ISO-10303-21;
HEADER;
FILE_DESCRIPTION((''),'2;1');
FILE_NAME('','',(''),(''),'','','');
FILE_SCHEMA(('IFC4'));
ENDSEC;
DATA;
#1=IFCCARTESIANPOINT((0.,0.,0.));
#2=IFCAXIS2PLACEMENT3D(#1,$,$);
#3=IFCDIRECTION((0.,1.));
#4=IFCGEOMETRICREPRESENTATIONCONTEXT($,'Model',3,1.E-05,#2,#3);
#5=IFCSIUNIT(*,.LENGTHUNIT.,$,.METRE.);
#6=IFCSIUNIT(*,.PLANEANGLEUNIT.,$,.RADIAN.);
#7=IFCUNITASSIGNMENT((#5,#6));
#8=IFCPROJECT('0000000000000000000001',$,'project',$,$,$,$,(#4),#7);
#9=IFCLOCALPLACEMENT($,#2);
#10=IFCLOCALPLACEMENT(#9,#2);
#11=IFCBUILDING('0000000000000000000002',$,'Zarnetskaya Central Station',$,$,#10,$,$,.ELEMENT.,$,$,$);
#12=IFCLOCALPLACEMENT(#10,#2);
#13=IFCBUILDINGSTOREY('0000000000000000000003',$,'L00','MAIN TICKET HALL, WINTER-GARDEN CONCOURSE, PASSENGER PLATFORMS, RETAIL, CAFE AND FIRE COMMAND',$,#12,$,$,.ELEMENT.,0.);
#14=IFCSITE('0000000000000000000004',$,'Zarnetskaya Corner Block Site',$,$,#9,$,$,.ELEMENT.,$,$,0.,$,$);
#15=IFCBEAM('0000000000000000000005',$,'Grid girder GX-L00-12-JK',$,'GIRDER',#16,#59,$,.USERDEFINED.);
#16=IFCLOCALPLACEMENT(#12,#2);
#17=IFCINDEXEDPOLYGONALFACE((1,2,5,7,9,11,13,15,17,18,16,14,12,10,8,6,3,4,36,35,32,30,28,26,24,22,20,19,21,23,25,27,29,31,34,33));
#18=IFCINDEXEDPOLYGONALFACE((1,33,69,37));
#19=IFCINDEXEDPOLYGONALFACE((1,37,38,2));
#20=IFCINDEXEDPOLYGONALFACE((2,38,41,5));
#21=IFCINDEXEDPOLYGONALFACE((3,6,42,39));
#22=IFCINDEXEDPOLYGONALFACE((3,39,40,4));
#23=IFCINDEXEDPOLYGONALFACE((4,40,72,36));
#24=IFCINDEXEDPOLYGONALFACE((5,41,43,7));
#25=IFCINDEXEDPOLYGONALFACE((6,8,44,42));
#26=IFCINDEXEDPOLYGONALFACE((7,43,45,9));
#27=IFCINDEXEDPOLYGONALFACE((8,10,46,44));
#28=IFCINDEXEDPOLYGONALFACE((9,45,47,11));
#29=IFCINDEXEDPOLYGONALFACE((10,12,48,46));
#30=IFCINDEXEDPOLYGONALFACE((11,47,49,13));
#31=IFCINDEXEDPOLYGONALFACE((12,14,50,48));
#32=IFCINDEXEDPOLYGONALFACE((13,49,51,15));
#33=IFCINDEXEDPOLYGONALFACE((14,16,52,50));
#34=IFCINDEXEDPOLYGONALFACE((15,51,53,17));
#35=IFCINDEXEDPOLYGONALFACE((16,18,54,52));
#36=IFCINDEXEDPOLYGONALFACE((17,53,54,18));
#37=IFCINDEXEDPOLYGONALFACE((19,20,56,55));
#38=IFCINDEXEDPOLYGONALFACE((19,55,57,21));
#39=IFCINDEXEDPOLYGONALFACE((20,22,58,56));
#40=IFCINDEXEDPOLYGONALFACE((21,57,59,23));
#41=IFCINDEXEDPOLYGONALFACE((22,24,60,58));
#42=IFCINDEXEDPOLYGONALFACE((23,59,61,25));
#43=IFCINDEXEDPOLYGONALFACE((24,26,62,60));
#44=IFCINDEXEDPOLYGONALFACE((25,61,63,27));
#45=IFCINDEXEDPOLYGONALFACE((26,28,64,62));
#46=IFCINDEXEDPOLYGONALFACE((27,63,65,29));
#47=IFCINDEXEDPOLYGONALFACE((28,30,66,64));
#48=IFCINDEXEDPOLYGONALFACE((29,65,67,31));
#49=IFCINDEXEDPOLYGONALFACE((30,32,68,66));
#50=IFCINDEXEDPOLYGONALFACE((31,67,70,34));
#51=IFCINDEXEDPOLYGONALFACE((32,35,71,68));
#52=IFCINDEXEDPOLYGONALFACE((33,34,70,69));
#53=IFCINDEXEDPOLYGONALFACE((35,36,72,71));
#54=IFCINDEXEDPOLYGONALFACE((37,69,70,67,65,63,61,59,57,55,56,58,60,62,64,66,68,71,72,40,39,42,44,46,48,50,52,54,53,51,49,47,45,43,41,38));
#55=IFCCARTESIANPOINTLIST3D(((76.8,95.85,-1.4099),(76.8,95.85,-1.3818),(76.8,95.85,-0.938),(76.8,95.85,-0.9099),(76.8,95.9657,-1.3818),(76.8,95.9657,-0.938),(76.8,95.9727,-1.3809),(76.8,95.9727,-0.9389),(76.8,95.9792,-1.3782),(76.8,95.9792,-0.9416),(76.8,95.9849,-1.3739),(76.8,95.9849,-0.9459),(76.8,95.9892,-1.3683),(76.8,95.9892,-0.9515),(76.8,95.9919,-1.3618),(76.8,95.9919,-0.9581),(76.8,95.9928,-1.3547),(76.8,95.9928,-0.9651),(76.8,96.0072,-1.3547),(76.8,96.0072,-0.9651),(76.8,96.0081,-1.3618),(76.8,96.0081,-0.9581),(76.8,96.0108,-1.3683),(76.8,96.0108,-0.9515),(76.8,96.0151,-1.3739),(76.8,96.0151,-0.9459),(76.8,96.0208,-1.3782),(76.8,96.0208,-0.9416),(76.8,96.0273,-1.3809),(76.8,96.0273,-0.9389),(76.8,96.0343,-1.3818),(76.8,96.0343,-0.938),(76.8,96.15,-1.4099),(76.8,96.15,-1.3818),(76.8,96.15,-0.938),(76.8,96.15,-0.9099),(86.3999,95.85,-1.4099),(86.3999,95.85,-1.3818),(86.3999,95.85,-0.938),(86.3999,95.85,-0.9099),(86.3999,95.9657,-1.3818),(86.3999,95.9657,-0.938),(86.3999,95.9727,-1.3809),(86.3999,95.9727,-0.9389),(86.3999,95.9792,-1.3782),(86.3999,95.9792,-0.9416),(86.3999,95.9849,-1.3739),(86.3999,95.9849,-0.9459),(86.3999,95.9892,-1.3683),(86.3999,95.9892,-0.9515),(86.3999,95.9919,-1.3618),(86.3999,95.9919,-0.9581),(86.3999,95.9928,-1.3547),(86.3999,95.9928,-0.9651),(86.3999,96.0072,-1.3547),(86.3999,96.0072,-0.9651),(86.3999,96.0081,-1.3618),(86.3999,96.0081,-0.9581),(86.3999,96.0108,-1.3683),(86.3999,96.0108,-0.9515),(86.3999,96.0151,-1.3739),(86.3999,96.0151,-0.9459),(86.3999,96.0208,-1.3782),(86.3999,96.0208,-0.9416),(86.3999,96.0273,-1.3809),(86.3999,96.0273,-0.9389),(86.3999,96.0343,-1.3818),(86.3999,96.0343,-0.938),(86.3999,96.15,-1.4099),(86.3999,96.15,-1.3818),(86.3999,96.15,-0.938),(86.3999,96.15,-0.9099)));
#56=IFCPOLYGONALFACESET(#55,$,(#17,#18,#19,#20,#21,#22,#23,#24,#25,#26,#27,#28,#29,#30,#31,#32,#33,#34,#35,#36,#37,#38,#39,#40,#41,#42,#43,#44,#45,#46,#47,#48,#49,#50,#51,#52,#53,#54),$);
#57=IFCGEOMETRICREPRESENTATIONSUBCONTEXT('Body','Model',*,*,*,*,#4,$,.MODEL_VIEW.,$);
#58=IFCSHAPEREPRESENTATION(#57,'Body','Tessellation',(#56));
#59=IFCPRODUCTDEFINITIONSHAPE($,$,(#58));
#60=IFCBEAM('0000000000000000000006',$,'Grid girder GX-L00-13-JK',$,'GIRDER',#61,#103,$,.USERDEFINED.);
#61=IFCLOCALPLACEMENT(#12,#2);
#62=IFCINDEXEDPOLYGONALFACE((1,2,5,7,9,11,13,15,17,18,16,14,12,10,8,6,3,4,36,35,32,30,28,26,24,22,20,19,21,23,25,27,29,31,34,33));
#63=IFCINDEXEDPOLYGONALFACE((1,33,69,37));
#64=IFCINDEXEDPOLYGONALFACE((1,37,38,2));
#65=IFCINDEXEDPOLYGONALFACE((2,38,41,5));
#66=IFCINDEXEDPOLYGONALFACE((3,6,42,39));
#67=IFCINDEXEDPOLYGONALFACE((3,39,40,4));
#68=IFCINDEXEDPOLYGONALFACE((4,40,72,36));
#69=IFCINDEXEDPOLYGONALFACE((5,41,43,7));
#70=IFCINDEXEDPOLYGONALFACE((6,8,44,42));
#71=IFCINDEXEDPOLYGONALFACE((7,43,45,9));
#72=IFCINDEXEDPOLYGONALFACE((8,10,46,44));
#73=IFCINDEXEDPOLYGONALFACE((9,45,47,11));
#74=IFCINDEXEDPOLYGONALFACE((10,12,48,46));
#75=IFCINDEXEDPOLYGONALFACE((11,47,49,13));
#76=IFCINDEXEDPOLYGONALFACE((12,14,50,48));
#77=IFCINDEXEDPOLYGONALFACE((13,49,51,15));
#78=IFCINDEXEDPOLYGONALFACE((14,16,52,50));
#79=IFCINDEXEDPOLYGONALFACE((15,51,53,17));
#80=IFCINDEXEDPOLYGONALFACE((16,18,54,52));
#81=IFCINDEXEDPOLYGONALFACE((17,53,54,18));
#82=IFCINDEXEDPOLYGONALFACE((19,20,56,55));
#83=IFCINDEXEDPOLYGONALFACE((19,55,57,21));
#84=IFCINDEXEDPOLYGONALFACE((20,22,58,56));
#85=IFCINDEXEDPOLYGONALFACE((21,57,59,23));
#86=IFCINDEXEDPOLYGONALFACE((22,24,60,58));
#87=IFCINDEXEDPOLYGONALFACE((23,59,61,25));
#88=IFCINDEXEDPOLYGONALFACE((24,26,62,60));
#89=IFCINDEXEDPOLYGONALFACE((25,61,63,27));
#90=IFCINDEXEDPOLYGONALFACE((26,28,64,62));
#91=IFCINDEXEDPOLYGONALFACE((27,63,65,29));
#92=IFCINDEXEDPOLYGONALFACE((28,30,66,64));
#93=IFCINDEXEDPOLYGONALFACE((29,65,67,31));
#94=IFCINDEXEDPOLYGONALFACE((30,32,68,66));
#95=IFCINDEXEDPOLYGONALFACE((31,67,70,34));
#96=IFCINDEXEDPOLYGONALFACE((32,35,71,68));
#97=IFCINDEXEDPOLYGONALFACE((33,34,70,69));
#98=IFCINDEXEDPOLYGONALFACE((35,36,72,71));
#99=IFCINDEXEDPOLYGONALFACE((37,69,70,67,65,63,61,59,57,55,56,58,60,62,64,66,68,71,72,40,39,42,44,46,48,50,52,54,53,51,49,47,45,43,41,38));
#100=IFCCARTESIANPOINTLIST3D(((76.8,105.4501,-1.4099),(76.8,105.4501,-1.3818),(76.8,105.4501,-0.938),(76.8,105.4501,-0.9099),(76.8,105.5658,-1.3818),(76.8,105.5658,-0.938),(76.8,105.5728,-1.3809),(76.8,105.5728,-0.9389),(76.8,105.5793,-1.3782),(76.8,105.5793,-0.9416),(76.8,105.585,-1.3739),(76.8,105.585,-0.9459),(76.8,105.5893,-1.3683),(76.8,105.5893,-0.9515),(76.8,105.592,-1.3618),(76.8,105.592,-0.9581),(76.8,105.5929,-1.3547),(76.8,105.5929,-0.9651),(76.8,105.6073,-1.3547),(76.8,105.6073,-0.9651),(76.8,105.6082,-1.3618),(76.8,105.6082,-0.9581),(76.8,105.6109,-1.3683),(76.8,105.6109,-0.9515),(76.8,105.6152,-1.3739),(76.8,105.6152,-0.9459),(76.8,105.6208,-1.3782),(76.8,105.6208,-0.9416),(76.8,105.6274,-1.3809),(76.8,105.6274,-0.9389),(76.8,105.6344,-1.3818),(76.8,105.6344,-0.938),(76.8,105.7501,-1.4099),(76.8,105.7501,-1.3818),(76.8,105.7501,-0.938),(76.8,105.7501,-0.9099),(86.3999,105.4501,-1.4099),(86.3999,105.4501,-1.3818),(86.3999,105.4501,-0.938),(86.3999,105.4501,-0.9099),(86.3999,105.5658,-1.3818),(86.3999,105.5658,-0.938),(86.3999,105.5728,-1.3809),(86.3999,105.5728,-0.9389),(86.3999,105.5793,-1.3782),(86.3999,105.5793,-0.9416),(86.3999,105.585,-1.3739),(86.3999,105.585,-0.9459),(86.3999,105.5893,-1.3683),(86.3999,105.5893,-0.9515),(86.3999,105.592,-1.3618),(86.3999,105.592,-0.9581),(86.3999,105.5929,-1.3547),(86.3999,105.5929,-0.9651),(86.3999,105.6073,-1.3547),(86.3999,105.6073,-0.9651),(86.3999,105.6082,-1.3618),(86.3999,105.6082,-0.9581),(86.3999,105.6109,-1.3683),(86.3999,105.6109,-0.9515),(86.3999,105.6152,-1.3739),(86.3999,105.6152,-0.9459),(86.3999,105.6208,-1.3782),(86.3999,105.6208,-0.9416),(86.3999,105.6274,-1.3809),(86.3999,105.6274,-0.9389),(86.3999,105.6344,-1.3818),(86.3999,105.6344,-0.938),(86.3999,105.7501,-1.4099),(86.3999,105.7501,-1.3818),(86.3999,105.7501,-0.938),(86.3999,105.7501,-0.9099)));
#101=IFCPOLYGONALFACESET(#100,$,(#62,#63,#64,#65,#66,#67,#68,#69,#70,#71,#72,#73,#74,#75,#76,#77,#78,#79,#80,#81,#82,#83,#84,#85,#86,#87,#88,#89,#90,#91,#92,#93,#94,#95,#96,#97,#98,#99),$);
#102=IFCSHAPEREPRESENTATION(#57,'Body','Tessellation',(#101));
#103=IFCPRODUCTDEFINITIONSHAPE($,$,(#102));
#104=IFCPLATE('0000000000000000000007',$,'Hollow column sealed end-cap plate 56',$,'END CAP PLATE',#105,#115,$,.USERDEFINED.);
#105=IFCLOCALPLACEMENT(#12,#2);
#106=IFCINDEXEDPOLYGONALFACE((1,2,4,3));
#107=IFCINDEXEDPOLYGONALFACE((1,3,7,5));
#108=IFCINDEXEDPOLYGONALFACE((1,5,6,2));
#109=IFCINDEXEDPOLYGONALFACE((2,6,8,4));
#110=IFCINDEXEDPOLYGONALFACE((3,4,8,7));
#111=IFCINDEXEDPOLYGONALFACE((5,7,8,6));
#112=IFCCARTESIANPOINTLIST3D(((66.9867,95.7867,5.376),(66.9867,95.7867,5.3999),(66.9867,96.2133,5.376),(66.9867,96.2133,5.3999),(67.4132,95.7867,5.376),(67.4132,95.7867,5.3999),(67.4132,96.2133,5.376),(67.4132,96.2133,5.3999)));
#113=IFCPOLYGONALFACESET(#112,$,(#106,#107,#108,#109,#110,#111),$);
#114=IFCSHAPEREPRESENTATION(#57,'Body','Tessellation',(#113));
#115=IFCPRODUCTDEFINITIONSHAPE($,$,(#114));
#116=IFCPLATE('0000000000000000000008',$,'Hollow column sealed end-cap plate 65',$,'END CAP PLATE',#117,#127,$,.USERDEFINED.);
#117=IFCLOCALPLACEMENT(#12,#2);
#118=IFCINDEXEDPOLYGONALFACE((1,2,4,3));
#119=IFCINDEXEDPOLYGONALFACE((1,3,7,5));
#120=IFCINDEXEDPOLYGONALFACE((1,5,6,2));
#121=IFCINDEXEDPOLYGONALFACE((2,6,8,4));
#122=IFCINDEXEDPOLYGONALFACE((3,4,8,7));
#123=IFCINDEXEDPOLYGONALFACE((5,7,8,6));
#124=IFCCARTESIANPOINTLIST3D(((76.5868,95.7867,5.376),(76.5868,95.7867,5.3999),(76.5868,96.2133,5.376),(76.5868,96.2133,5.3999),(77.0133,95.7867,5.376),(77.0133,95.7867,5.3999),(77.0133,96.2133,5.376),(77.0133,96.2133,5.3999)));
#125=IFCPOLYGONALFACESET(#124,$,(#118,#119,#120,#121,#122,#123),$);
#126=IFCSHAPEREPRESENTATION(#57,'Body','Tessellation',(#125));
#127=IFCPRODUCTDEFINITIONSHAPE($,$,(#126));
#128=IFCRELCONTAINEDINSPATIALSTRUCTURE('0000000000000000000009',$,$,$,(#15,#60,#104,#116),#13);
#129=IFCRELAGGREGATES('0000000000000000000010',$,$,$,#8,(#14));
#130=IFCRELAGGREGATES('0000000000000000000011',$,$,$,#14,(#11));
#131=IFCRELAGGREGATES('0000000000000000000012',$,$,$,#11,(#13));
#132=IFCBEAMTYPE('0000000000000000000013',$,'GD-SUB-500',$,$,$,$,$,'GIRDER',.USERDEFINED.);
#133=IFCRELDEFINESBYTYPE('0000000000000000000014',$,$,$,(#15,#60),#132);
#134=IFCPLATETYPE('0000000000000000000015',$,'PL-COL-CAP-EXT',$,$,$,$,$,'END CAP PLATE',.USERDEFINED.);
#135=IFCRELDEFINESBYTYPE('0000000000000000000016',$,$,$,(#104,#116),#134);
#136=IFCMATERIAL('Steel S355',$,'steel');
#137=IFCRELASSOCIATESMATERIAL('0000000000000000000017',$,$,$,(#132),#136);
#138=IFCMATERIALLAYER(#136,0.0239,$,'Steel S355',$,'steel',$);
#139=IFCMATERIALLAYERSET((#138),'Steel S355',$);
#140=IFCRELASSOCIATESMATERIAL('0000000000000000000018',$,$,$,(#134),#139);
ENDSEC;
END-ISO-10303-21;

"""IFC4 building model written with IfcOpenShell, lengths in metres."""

from ifc_helpers import new_model, si_unit, direction, frame, origin, origin_2d, place, context, subcontext, project, spatial, rectangle, i_section, extrude, material, layer, layer_set, material_profile, profile_set, type_object, element, save


model = new_model("IFC4")

# Units and contexts
model_context = context("Model", 3, precision=1e-05, world=origin(), true_north=direction((0.0, 1.0)))
body_context = subcontext(model_context, "Body", "Model", "MODEL_VIEW")
ifc_project = project(units=[si_unit("LENGTHUNIT", "METRE"), si_unit("PLANEANGLEUNIT", "RADIAN")], contexts=[model_context])

# Site, building, storey
site_placement = place(None, origin())
site = spatial("IfcSite", under=ifc_project, at=site_placement, Name="Zarnetskaya Corner Block Site", CompositionType="ELEMENT", RefElevation=0.0)
building_placement = place(site_placement, origin())
building = spatial("IfcBuilding", under=site, at=building_placement, Name="Zarnetskaya Central Station", CompositionType="ELEMENT")
storey_placement = place(building_placement, origin())
storey = spatial("IfcBuildingStorey", under=building, at=storey_placement, Name="L00", Description="MAIN TICKET HALL, WINTER-GARDEN CONCOURSE, PASSENGER PLATFORMS, RETAIL, CAFE AND FIRE COMMAND", CompositionType="ELEMENT", Elevation=0.0)

# Shared definitions
ifc_material = material(Name="Steel S355", Category="steel")

# Beams
ifc_material_profile_1 = material_profile(ifc_material, i_section(OverallWidth=0.3, OverallDepth=0.5, WebThickness=0.0144, FlangeThickness=0.0281, FilletRadius=0.0271, at=origin_2d()), Name="HEB 500")
ifc_profile_set_1 = profile_set([ifc_material_profile_1], Name="Steel S355")
beam_type_1 = type_object("IfcBeamType", Name="GD-SUB-500", ElementType="GIRDER", PredefinedType="USERDEFINED", material=ifc_profile_set_1)
for number, where, z_axis, x_axis, name in (
    (1, (76.8, 96.0, -1.1599), (1.0, 0.0, 0.0), (0.0, 1.0, 0.0), "Grid girder GX-L00-12-JK"),
    (2, (76.8, 105.6001, -1.1599), (1.0, 0.0, 0.0), (0.0, 1.0, 0.0), "Grid girder GX-L00-13-JK"),
):
    element("IfcBeam", number, at=place(storey_placement, frame(where, z_axis=z_axis, x_axis=x_axis)), inside=storey, type_object=beam_type_1, Name=name, ObjectType="GIRDER", PredefinedType="USERDEFINED", context=body_context, shape_type="SweptSolid", body=[
        extrude(i_section(OverallWidth=0.3, OverallDepth=0.5, WebThickness=0.0144, FlangeThickness=0.0281, FilletRadius=0.0271, at=origin_2d()), origin(), (0.0, 0.0, 1.0), 9.5999),
    ])

# Plates
ifc_layer = layer(ifc_material, 0.0239, Name="Steel S355", Category="steel")
ifc_layer_set = layer_set([ifc_layer], Name="Steel S355")
plate_type = type_object("IfcPlateType", Name="PL-COL-CAP-EXT", ElementType="END CAP PLATE", PredefinedType="USERDEFINED", material=ifc_layer_set)
for number, where, z_axis, x_axis, name in (
    (3, (67.2, 96.0, 5.376), (0.0, 0.0, 1.0), (1.0, 0.0, 0.0), "Hollow column sealed end-cap plate 56"),
    (4, (76.8, 96.0, 5.376), (0.0, 0.0, 1.0), (1.0, 0.0, 0.0), "Hollow column sealed end-cap plate 65"),
):
    element("IfcPlate", number, at=place(storey_placement, frame(where, z_axis=z_axis, x_axis=x_axis)), inside=storey, type_object=plate_type, Name=name, ObjectType="END CAP PLATE", PredefinedType="USERDEFINED", context=body_context, shape_type="SweptSolid", body=[
        extrude(rectangle(XDim=0.4265, YDim=0.4265, at=origin_2d()), origin(), (0.0, 0.0, 1.0), 0.0239),
    ])

save(model, "model.ifc")
